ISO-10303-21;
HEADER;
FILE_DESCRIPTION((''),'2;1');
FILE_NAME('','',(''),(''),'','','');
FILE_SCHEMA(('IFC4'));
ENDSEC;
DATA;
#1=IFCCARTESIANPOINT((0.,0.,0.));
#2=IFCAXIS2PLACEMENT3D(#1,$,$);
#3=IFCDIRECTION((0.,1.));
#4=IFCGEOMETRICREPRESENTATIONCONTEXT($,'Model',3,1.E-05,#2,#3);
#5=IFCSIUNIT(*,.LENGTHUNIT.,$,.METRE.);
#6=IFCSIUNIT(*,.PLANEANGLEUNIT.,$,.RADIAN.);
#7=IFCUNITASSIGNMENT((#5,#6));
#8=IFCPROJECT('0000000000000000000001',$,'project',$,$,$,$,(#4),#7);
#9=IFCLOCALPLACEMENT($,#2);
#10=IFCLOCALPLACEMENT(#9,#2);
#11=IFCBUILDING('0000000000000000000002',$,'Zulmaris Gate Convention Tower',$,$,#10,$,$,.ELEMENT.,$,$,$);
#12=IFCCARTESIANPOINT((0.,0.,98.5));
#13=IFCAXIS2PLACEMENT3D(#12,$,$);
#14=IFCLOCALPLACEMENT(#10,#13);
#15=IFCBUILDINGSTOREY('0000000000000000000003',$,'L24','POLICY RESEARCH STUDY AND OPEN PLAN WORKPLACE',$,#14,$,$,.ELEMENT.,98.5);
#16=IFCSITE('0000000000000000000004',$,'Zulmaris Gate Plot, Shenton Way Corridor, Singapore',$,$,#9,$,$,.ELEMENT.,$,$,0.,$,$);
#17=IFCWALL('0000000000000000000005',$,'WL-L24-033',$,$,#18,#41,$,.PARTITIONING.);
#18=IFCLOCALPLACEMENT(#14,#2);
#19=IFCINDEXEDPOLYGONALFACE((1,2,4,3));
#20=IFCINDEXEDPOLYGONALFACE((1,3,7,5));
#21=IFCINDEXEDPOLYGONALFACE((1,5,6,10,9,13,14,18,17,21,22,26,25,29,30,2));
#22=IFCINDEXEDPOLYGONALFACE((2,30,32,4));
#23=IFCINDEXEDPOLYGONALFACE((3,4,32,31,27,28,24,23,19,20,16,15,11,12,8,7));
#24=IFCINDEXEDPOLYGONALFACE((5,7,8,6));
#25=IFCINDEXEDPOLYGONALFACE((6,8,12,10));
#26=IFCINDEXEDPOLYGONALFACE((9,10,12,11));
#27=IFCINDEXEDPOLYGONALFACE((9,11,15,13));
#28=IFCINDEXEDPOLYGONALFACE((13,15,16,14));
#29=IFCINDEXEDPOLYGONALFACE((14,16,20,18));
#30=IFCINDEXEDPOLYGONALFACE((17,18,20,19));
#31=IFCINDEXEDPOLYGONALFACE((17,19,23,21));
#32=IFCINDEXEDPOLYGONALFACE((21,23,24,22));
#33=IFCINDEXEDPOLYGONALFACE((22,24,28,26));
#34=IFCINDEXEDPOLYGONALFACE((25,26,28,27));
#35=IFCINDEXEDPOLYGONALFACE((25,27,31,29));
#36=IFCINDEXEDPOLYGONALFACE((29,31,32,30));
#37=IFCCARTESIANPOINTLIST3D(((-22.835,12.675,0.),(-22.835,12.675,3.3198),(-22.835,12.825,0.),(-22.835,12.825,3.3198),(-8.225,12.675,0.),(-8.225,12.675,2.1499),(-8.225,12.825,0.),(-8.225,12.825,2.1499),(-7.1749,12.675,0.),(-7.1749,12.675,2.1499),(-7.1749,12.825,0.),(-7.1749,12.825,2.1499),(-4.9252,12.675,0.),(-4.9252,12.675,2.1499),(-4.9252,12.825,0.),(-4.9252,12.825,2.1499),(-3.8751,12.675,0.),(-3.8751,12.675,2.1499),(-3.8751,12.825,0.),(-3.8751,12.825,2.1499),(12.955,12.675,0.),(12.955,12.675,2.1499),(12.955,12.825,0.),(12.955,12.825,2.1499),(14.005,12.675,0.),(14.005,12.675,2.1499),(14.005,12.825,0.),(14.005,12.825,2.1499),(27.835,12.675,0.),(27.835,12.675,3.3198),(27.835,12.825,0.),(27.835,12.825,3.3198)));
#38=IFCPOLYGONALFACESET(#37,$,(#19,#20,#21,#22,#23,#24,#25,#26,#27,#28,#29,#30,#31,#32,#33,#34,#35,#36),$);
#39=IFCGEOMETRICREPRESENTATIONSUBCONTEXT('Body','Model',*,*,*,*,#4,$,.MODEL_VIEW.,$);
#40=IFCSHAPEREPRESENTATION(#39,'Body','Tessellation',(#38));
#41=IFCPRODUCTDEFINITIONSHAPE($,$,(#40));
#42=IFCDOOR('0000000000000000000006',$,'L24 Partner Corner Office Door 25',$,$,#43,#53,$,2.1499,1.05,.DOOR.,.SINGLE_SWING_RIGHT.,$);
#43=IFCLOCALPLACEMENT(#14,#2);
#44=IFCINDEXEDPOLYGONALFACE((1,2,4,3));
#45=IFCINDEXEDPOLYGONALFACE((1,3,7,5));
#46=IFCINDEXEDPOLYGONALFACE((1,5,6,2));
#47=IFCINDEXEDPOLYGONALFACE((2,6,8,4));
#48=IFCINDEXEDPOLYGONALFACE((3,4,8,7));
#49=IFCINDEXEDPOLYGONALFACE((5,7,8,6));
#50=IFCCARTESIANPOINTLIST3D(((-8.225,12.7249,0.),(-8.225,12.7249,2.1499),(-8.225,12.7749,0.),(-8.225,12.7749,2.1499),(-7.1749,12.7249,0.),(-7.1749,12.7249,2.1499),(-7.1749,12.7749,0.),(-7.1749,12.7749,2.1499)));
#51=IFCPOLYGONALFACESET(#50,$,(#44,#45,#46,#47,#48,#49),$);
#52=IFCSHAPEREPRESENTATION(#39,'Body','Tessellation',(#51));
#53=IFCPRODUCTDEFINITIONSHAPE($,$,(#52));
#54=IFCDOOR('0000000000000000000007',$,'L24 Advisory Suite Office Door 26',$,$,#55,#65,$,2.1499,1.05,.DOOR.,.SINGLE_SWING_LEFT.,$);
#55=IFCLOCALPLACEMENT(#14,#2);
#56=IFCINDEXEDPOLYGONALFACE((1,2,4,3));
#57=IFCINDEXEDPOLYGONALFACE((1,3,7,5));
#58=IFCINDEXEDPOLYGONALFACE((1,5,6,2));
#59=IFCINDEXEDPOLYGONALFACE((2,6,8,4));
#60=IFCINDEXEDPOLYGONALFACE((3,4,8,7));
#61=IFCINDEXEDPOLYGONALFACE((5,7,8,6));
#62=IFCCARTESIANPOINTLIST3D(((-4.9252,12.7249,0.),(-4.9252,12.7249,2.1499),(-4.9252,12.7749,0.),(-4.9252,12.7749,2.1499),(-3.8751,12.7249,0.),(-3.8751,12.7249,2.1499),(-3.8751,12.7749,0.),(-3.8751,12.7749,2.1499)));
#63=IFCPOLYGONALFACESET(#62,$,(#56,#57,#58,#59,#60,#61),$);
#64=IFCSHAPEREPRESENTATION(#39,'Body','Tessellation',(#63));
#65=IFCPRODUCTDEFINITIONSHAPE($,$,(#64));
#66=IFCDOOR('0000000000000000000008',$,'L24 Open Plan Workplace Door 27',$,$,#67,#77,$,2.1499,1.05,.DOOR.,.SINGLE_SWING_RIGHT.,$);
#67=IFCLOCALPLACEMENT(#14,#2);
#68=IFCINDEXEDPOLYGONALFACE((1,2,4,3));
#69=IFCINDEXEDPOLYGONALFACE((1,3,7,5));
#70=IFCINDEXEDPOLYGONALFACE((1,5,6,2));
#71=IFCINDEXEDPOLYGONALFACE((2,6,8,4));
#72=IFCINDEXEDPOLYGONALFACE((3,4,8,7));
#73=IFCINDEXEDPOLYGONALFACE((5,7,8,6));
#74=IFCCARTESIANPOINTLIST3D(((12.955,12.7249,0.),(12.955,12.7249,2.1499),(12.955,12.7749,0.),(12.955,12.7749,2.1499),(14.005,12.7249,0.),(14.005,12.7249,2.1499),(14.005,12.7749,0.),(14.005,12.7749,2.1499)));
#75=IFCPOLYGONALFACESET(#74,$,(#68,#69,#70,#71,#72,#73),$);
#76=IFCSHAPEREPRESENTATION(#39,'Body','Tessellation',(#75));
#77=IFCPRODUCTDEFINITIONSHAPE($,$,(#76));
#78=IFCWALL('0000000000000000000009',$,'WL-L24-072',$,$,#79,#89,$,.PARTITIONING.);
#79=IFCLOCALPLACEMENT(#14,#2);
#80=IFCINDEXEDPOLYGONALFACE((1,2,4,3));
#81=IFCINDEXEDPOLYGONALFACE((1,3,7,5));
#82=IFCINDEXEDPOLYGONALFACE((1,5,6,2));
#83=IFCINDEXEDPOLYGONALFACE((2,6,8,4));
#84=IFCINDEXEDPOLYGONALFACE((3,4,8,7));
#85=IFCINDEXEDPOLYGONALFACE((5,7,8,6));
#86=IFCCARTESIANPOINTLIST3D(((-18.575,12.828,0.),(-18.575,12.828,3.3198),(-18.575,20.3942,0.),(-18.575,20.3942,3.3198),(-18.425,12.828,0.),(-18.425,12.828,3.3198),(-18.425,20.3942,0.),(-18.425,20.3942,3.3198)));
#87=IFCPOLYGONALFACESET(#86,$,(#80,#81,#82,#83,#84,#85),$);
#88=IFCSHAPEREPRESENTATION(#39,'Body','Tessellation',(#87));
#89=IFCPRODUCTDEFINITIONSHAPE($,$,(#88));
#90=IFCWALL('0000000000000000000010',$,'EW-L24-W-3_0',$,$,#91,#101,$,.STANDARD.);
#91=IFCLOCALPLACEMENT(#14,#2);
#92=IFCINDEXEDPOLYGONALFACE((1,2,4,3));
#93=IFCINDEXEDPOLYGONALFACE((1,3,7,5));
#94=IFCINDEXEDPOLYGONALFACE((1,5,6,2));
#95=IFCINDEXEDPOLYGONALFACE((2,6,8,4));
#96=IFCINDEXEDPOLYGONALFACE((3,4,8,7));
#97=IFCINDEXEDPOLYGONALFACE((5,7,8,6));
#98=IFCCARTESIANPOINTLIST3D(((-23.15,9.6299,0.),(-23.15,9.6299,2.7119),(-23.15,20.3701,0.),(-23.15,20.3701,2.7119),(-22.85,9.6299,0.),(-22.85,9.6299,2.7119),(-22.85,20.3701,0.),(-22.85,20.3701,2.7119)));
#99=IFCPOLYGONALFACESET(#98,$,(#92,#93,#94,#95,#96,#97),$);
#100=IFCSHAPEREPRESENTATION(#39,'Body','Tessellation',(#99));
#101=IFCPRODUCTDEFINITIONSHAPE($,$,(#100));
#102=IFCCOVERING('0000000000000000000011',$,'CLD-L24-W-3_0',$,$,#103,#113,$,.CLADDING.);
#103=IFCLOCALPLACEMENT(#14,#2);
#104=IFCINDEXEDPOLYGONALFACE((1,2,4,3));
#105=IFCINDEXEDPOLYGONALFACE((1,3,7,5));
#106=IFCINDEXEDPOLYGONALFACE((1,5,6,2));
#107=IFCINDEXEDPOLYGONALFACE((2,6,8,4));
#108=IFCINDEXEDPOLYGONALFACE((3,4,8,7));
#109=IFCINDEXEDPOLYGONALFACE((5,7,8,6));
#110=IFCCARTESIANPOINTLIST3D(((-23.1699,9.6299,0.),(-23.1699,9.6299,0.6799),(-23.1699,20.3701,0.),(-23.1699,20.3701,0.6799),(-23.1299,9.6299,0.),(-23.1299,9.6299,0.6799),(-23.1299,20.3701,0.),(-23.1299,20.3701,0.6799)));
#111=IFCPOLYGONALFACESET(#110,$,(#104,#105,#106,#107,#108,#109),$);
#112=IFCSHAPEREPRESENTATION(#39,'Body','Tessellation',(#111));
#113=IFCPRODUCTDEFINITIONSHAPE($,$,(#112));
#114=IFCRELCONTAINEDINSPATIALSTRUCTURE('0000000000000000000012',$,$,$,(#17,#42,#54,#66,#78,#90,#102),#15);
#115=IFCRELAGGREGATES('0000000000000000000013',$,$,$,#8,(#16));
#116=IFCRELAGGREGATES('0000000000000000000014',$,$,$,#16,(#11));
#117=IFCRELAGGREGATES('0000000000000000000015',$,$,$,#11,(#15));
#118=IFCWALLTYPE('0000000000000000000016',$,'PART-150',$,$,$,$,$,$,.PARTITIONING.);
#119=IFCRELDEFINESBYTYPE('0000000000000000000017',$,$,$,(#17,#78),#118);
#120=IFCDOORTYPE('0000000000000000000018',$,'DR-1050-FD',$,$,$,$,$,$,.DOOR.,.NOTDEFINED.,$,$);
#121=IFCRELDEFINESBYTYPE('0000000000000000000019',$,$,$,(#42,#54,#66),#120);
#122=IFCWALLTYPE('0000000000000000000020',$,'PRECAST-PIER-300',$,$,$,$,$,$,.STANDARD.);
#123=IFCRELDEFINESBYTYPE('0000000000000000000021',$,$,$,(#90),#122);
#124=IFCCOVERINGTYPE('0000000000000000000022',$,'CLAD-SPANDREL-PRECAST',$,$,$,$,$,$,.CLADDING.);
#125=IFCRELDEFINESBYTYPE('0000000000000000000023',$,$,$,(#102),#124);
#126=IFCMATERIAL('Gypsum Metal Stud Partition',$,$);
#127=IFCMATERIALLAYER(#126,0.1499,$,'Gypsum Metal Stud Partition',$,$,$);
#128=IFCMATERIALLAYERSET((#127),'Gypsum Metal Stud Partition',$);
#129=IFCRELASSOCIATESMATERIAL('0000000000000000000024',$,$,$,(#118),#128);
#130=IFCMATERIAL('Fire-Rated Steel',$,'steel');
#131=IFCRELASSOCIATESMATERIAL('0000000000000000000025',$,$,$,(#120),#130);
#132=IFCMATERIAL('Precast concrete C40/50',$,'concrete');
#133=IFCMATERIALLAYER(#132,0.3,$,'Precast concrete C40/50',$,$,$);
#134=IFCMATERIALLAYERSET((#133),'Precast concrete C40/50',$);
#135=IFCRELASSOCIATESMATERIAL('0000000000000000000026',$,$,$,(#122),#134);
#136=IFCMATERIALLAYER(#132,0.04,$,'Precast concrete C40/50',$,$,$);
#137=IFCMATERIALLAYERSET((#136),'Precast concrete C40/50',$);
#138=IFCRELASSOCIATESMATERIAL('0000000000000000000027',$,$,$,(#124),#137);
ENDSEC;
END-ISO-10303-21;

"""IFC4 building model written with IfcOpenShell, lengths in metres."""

from ifc_helpers import new_model, si_unit, direction, frame, frame_2d, origin, place, context, subcontext, project, spatial, rectangle, extrude, material, layer, layer_set, type_object, element, fill, save


model = new_model("IFC4")

# Units and contexts
model_context = context("Model", 3, precision=1e-05, world=origin(), true_north=direction((0.0, 1.0)))
body_context = subcontext(model_context, "Body", "Model", "MODEL_VIEW")
ifc_project = project(units=[si_unit("LENGTHUNIT", "METRE"), si_unit("PLANEANGLEUNIT", "RADIAN")], contexts=[model_context])

# Site, building, storey
site_placement = place(None, origin())
site = spatial("IfcSite", under=ifc_project, at=site_placement, Name="Zulmaris Gate Plot, Shenton Way Corridor, Singapore", CompositionType="ELEMENT", RefElevation=0.0)
building_placement = place(site_placement, origin())
building = spatial("IfcBuilding", under=site, at=building_placement, Name="Zulmaris Gate Convention Tower", CompositionType="ELEMENT")
storey_placement = place(building_placement, frame((0.0, 0.0, 98.5)))
storey = spatial("IfcBuildingStorey", under=building, at=storey_placement, Name="L24", Description="POLICY RESEARCH STUDY AND OPEN PLAN WORKPLACE", CompositionType="ELEMENT", Elevation=98.5)

# Shared definitions
ifc_material_1 = material(Name="Gypsum Metal Stud Partition")
ifc_layer_1 = layer(ifc_material_1, 0.1499, Name="Gypsum Metal Stud Partition")
ifc_layer_set_1 = layer_set([ifc_layer_1], Name="Gypsum Metal Stud Partition")
wall_type_1 = type_object("IfcWallType", Name="PART-150", PredefinedType="PARTITIONING", material=ifc_layer_set_1)

# Wall, openings, doors
wall_1_placement = place(storey_placement, frame((-22.835, 12.75, 0.0), z_axis=(0.0, 0.0, 1.0), x_axis=(1.0, 0.0, 0.0)))
wall_1 = element("IfcWall", 1, at=wall_1_placement, inside=storey, type_object=wall_type_1, Name="WL-L24-033", PredefinedType="PARTITIONING", context=body_context, shape_type="SweptSolid", body=[
    extrude(rectangle(XDim=50.6699, YDim=0.1499, at=frame_2d((25.335, 0.0))), origin(), (0.0, 0.0, 1.0), 3.3198),
])
opening_1_placement = place(wall_1_placement, frame((14.6101, 0.0, 0.0)))
opening_1 = element("IfcOpeningElement", 2, at=opening_1_placement, cuts=wall_1, PredefinedType="OPENING", context=body_context, shape_type="SweptSolid", body=[
    extrude(rectangle(XDim=1.05, YDim=2.1499, at=frame_2d((0.5249, 1.075))), frame((0.0, 0.085, 0.0), z_axis=(0.0, -1.0, 0.0), x_axis=(1.0, 0.0, 0.0)), (0.0, 0.0, 1.0), 0.1699),
])
opening_2_placement = place(wall_1_placement, frame((17.9099, 0.0, 0.0)))
opening_2 = element("IfcOpeningElement", 3, at=opening_2_placement, cuts=wall_1, PredefinedType="OPENING", context=body_context, shape_type="SweptSolid", body=[
    extrude(rectangle(XDim=1.05, YDim=2.1499, at=frame_2d((0.5249, 1.075))), frame((0.0, 0.085, 0.0), z_axis=(0.0, -1.0, 0.0), x_axis=(1.0, 0.0, 0.0)), (0.0, 0.0, 1.0), 0.1699),
])
opening_3_placement = place(wall_1_placement, frame((35.79, 0.0, 0.0)))
opening_3 = element("IfcOpeningElement", 4, at=opening_3_placement, cuts=wall_1, PredefinedType="OPENING", context=body_context, shape_type="SweptSolid", body=[
    extrude(rectangle(XDim=1.05, YDim=2.1499, at=frame_2d((0.5249, 1.075))), frame((0.0, 0.085, 0.0), z_axis=(0.0, -1.0, 0.0), x_axis=(1.0, 0.0, 0.0)), (0.0, 0.0, 1.0), 0.1699),
])
ifc_material_2 = material(Name="Fire-Rated Steel", Category="steel")
door_type_1 = type_object("IfcDoorType", Name="DR-1050-FD", OperationType="NOTDEFINED", PredefinedType="DOOR", material=ifc_material_2)
door_1_placement = place(opening_1_placement, origin())
door_1 = element("IfcDoor", 5, at=door_1_placement, inside=storey, type_object=door_type_1, Name="L24 Partner Corner Office Door 25", OperationType="SINGLE_SWING_RIGHT", OverallHeight=2.1499, OverallWidth=1.05, PredefinedType="DOOR", context=body_context, shape_type="SweptSolid", body=[
    extrude(rectangle(XDim=1.05, YDim=2.1499, at=frame_2d((0.5249, 1.075))), frame((0.0, 0.0249, 0.0), z_axis=(0.0, -1.0, 0.0), x_axis=(1.0, 0.0, 0.0)), (0.0, 0.0, 1.0), 0.05),
])
fill(opening_1, door_1)
door_2_placement = place(opening_2_placement, origin())
door_2 = element("IfcDoor", 6, at=door_2_placement, inside=storey, type_object=door_type_1, Name="L24 Advisory Suite Office Door 26", OperationType="SINGLE_SWING_LEFT", OverallHeight=2.1499, OverallWidth=1.05, PredefinedType="DOOR", context=body_context, shape_type="SweptSolid", body=[
    extrude(rectangle(XDim=1.05, YDim=2.1499, at=frame_2d((0.5249, 1.075))), frame((0.0, 0.0249, 0.0), z_axis=(0.0, -1.0, 0.0), x_axis=(1.0, 0.0, 0.0)), (0.0, 0.0, 1.0), 0.05),
])
fill(opening_2, door_2)
door_3_placement = place(opening_3_placement, origin())
door_3 = element("IfcDoor", 7, at=door_3_placement, inside=storey, type_object=door_type_1, Name="L24 Open Plan Workplace Door 27", OperationType="SINGLE_SWING_RIGHT", OverallHeight=2.1499, OverallWidth=1.05, PredefinedType="DOOR", context=body_context, shape_type="SweptSolid", body=[
    extrude(rectangle(XDim=1.05, YDim=2.1499, at=frame_2d((0.5249, 1.075))), frame((0.0, 0.0249, 0.0), z_axis=(0.0, -1.0, 0.0), x_axis=(1.0, 0.0, 0.0)), (0.0, 0.0, 1.0), 0.05),
])
fill(opening_3, door_3)

# Walls
wall_2_placement = place(storey_placement, frame((-18.5, 12.8279, 0.0), z_axis=(0.0, 0.0, 1.0), x_axis=(0.0, 1.0, 0.0)))
element("IfcWall", 8, at=wall_2_placement, inside=storey, type_object=wall_type_1, Name="WL-L24-072", PredefinedType="PARTITIONING", context=body_context, shape_type="SweptSolid", body=[
    extrude(rectangle(XDim=7.5662, YDim=0.1499, at=frame_2d((3.7832, 0.0))), origin(), (0.0, 0.0, 1.0), 3.3198),
])
ifc_material_3 = material(Name="Precast concrete C40/50", Category="concrete")
ifc_layer_2 = layer(ifc_material_3, 0.3, Name="Precast concrete C40/50")
ifc_layer_set_2 = layer_set([ifc_layer_2], Name="Precast concrete C40/50")
wall_type_2 = type_object("IfcWallType", Name="PRECAST-PIER-300", PredefinedType="STANDARD", material=ifc_layer_set_2)
wall_3_placement = place(storey_placement, frame((-23.0, 20.3701, 0.0), z_axis=(0.0, 0.0, 1.0), x_axis=(0.0, -1.0, 0.0)))
element("IfcWall", 9, at=wall_3_placement, inside=storey, type_object=wall_type_2, Name="EW-L24-W-3_0", PredefinedType="STANDARD", context=body_context, shape_type="SweptSolid", body=[
    extrude(rectangle(XDim=10.7402, YDim=0.3, at=frame_2d((5.3701, 0.0))), origin(), (0.0, 0.0, 1.0), 2.7119),
])

# Covering
ifc_layer_3 = layer(ifc_material_3, 0.04, Name="Precast concrete C40/50")
ifc_layer_set_3 = layer_set([ifc_layer_3], Name="Precast concrete C40/50")
covering_type = type_object("IfcCoveringType", Name="CLAD-SPANDREL-PRECAST", PredefinedType="CLADDING", material=ifc_layer_set_3)
covering_placement = place(storey_placement, frame((-23.1499, 20.3701, 0.0), z_axis=(0.0, 0.0, 1.0), x_axis=(0.0, -1.0, 0.0)))
element("IfcCovering", 10, at=covering_placement, inside=storey, type_object=covering_type, Name="CLD-L24-W-3_0", PredefinedType="CLADDING", context=body_context, shape_type="SweptSolid", body=[
    extrude(rectangle(XDim=10.7402, YDim=0.04, at=frame_2d((5.3701, 0.0))), origin(), (0.0, 0.0, 1.0), 0.6799),
])

save(model, "model.ifc")
